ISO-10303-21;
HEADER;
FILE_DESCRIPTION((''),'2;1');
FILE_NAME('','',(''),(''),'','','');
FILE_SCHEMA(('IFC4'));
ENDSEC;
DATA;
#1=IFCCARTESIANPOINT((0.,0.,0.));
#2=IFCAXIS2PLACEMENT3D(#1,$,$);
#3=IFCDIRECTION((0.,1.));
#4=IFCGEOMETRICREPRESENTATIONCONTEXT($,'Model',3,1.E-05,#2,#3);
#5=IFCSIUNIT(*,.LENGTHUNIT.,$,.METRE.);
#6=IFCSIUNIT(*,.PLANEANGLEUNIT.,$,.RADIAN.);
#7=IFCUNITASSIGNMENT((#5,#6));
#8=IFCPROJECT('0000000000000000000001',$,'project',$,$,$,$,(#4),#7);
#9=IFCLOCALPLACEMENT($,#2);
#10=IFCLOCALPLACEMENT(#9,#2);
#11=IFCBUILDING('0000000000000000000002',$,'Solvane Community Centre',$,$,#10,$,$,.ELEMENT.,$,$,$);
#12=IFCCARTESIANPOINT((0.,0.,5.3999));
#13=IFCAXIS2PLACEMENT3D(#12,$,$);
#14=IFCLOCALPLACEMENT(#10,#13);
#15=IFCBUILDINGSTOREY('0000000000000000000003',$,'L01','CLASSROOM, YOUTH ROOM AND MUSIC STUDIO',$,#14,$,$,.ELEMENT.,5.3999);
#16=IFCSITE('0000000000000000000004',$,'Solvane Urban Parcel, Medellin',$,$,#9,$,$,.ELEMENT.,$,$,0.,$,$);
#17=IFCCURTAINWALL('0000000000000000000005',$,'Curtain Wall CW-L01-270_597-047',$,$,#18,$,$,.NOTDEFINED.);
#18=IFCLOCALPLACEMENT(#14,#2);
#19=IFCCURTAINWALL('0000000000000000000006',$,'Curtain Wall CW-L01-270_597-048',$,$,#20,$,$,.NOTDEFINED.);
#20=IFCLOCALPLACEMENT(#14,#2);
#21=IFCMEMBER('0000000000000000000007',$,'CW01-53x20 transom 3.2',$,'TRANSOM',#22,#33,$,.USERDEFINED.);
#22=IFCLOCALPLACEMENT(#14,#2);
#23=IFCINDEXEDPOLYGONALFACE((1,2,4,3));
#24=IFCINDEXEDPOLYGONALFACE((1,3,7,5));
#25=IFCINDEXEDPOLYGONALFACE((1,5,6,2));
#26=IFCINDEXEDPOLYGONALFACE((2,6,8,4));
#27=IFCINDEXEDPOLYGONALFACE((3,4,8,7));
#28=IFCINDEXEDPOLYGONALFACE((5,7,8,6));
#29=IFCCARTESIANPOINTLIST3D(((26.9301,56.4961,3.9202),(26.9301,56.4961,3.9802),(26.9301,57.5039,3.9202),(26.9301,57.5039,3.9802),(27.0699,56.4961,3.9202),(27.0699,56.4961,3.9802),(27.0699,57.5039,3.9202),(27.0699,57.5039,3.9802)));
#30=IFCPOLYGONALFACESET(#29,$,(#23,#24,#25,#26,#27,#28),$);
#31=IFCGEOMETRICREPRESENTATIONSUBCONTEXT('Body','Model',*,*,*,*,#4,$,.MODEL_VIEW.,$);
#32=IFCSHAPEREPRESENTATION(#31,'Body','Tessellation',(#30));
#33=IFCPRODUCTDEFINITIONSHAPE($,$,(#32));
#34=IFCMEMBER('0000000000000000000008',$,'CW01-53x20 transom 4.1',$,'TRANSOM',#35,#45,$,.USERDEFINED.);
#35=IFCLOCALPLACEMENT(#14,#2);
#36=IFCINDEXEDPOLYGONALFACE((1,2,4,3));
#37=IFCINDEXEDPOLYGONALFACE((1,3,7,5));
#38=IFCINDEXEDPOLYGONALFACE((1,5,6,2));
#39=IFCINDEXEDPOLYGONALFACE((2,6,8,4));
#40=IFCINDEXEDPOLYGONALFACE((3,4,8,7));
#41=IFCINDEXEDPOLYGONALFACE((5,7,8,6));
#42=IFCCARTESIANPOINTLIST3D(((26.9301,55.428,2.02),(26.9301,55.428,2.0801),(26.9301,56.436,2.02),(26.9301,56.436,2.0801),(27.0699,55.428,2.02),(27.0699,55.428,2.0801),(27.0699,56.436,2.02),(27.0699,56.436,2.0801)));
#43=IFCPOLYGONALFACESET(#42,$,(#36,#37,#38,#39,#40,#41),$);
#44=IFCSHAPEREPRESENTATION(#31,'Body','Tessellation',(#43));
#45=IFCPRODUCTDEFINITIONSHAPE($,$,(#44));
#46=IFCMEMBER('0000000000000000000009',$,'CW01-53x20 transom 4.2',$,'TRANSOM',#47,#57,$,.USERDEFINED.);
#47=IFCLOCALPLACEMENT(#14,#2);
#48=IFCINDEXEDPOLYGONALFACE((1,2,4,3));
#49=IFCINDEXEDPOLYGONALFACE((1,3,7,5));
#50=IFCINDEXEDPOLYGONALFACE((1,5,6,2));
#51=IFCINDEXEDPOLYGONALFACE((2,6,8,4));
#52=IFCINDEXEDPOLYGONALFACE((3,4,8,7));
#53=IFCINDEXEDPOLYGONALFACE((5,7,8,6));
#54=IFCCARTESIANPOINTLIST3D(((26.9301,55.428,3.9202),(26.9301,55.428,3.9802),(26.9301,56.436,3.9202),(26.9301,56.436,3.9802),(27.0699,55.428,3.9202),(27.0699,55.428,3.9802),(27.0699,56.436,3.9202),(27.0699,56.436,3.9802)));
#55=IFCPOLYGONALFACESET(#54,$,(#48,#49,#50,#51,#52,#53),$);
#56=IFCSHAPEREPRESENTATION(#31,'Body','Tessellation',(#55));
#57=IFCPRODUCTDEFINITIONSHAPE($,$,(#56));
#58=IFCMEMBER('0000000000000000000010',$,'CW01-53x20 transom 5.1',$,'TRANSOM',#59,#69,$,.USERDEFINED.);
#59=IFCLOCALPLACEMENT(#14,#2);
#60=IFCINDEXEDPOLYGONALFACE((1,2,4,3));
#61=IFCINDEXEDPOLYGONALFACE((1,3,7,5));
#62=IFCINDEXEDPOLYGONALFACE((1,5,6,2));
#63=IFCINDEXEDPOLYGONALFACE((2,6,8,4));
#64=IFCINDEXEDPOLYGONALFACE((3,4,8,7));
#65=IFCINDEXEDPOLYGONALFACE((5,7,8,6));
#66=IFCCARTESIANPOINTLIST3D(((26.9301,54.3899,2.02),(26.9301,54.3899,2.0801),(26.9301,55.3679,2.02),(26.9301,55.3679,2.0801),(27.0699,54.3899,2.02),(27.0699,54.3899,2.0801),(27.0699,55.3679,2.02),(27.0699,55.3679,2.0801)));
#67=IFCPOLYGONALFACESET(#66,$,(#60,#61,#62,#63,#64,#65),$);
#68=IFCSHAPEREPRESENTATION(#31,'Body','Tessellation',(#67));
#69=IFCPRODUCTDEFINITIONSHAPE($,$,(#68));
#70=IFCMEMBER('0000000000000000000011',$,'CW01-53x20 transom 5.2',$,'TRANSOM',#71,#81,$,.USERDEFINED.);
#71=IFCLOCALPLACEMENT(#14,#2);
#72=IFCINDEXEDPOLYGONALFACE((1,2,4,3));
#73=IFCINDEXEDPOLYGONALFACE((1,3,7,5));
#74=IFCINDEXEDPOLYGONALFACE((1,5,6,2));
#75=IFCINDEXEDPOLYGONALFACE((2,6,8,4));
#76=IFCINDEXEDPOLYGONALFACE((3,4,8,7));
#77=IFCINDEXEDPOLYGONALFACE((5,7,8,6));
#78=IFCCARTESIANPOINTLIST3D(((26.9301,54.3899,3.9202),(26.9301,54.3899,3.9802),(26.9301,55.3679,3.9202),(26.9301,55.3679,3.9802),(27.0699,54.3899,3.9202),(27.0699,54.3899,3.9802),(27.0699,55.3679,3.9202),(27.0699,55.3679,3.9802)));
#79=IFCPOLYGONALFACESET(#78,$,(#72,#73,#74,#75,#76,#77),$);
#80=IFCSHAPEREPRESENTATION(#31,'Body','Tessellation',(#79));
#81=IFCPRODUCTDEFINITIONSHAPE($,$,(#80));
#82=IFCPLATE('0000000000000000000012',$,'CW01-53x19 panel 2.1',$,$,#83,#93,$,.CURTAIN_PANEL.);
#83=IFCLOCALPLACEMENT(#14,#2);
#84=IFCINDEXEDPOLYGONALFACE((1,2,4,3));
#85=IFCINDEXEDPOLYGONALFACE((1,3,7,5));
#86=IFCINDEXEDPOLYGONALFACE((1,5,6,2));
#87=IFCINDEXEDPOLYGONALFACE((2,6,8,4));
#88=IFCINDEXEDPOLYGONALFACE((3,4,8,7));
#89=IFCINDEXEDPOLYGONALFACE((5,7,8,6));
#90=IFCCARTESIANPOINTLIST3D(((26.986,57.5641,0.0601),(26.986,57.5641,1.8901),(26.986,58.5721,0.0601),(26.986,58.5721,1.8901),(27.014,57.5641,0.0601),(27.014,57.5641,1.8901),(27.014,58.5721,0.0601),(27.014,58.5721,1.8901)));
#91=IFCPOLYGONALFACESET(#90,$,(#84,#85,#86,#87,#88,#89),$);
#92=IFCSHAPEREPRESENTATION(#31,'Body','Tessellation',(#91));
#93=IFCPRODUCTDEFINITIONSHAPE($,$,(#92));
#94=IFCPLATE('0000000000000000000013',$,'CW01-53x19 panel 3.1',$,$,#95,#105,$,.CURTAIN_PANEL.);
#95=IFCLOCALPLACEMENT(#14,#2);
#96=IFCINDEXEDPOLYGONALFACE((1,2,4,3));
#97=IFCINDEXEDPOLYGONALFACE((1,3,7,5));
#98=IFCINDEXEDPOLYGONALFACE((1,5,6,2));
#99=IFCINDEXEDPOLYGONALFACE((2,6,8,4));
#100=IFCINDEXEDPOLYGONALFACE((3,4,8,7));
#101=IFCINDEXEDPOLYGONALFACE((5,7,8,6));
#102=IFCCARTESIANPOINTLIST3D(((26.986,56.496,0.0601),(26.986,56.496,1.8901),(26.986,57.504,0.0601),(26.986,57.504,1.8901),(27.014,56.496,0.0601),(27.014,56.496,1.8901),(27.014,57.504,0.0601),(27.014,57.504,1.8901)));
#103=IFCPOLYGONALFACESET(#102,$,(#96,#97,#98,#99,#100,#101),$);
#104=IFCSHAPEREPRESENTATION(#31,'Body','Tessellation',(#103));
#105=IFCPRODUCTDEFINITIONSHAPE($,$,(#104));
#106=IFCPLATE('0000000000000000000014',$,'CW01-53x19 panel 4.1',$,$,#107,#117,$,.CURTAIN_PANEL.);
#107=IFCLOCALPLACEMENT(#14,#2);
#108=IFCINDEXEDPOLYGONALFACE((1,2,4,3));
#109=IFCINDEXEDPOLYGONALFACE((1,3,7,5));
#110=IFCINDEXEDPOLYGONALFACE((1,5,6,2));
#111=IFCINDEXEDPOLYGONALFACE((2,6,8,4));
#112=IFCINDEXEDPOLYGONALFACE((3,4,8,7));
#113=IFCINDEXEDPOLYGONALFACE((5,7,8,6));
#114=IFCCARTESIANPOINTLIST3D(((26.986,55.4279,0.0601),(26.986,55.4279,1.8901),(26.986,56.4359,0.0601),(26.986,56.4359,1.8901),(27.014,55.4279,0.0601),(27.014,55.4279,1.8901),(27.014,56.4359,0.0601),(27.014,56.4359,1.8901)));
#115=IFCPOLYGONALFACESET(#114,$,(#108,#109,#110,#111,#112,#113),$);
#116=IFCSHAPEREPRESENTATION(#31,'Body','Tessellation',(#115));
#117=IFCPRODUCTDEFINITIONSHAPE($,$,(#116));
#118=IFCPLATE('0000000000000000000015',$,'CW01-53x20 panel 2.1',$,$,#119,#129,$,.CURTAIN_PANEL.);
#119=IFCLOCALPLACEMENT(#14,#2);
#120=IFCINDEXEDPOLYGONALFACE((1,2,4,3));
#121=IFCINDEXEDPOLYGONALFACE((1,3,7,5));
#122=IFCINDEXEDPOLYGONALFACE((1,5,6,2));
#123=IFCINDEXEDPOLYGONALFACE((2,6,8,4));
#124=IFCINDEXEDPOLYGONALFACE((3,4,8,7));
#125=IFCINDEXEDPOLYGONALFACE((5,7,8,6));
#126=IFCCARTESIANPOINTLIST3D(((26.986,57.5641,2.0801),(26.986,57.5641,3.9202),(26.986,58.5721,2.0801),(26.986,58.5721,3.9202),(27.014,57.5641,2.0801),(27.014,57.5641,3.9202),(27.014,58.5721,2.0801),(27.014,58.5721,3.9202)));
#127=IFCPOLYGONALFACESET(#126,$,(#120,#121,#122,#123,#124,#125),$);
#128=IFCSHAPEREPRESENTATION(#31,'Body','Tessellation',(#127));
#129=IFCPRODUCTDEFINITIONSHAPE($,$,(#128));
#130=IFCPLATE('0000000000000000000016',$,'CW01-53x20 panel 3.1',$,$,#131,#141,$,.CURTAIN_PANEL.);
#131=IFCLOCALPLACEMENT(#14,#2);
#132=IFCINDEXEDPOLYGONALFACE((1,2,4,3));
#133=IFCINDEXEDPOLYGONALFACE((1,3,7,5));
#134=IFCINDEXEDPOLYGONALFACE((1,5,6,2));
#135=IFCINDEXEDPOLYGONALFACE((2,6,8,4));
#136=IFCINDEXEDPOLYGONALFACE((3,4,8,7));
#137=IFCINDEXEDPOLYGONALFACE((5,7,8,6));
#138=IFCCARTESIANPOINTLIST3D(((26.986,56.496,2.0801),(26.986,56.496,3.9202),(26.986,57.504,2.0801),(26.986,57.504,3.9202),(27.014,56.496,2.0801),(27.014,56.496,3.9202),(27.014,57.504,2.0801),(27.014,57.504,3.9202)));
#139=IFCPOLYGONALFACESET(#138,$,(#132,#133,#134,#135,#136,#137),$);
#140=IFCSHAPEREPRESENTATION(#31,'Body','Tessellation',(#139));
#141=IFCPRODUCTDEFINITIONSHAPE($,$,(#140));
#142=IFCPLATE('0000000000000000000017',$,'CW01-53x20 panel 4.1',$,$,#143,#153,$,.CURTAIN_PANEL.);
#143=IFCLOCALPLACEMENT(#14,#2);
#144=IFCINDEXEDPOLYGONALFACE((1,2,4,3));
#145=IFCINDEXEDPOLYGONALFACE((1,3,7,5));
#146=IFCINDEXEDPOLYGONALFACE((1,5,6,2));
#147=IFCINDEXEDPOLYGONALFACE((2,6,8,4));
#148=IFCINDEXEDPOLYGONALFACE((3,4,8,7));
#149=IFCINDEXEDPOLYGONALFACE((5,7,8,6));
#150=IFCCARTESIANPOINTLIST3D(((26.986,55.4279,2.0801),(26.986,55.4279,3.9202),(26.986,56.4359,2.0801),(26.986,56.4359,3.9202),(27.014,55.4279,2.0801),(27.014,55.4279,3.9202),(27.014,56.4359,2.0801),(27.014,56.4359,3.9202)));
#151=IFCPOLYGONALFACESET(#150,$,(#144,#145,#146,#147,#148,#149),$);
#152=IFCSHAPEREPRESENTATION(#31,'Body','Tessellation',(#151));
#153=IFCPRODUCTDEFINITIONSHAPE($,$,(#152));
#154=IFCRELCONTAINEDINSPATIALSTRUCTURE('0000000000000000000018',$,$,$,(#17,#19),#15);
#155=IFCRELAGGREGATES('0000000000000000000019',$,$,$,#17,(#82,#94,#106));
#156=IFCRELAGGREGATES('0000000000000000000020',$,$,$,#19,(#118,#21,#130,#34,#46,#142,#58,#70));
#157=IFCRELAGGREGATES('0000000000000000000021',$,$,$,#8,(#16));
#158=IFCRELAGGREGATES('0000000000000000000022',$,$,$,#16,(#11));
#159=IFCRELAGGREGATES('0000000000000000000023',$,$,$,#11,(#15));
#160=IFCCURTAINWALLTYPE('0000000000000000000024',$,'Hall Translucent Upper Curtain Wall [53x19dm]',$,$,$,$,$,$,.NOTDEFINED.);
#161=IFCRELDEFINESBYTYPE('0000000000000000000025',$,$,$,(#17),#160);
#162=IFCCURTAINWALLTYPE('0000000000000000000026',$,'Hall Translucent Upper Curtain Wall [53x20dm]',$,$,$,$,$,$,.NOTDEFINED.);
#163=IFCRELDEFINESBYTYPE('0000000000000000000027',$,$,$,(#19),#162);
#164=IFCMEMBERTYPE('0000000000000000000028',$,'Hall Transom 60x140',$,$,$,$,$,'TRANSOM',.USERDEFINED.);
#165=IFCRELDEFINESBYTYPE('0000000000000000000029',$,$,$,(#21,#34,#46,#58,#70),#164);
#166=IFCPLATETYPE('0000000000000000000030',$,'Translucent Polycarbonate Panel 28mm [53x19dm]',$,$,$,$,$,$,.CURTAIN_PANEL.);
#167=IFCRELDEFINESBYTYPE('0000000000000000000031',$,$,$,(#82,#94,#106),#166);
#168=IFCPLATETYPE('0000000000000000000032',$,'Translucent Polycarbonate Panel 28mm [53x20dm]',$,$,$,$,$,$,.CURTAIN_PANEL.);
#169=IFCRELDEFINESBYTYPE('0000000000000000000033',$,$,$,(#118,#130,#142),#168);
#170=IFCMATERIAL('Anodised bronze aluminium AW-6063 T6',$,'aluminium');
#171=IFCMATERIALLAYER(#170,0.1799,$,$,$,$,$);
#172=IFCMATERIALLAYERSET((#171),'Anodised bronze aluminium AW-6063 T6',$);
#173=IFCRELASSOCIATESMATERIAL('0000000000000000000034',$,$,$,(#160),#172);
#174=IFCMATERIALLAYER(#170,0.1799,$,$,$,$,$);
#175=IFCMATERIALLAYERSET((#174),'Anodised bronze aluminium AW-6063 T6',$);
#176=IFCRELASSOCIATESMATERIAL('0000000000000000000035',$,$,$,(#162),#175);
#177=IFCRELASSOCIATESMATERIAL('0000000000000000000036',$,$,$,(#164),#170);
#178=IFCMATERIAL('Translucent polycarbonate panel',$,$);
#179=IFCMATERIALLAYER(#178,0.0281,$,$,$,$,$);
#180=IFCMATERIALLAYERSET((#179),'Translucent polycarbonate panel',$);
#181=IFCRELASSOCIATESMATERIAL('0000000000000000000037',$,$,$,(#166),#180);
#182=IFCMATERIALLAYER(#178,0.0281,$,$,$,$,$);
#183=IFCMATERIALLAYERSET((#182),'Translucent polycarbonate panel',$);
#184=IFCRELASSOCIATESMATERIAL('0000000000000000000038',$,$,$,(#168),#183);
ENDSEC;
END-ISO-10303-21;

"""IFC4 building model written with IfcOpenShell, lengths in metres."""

from ifc_helpers import new_model, si_unit, direction, frame, origin, origin_2d, place, context, subcontext, project, spatial, rectangle, extrude, material, layer, layer_set, material_profile, profile_set, type_object, element, aggregate, save


model = new_model("IFC4")

# Units and contexts
model_context = context("Model", 3, precision=1e-05, world=origin(), true_north=direction((0.0, 1.0)))
body_context = subcontext(model_context, "Body", "Model", "MODEL_VIEW")
ifc_project = project(units=[si_unit("LENGTHUNIT", "METRE"), si_unit("PLANEANGLEUNIT", "RADIAN")], contexts=[model_context])

# Site, building, storey
site_placement = place(None, origin())
site = spatial("IfcSite", under=ifc_project, at=site_placement, Name="Solvane Urban Parcel, Medellin", CompositionType="ELEMENT", RefElevation=0.0)
building_placement = place(site_placement, origin())
building = spatial("IfcBuilding", under=site, at=building_placement, Name="Solvane Community Centre", CompositionType="ELEMENT")
storey_placement = place(building_placement, frame((0.0, 0.0, 5.3999)))
storey = spatial("IfcBuildingStorey", under=building, at=storey_placement, Name="L01", Description="CLASSROOM, YOUTH ROOM AND MUSIC STUDIO", CompositionType="ELEMENT", Elevation=5.3999)

# Curtain walls
ifc_material_1 = material(Name="Anodised bronze aluminium AW-6063 T6", Category="aluminium")
ifc_layer_1 = layer(ifc_material_1, 0.1799)
ifc_layer_set_1 = layer_set([ifc_layer_1], Name="Anodised bronze aluminium AW-6063 T6")
curtain_wall_type_1 = type_object("IfcCurtainWallType", Name="Hall Translucent Upper Curtain Wall [53x19dm]", PredefinedType="NOTDEFINED", material=ifc_layer_set_1)
curtain_wall_1_placement = place(storey_placement, origin())
curtain_wall_1 = element("IfcCurtainWall", 1, at=curtain_wall_1_placement, inside=storey, type_object=curtain_wall_type_1, Name="Curtain Wall CW-L01-270_597-047", PredefinedType="NOTDEFINED")
ifc_layer_2 = layer(ifc_material_1, 0.1799)
ifc_layer_set_2 = layer_set([ifc_layer_2], Name="Anodised bronze aluminium AW-6063 T6")
curtain_wall_type_2 = type_object("IfcCurtainWallType", Name="Hall Translucent Upper Curtain Wall [53x20dm]", PredefinedType="NOTDEFINED", material=ifc_layer_set_2)
curtain_wall_2_placement = place(storey_placement, origin())
curtain_wall_2 = element("IfcCurtainWall", 2, at=curtain_wall_2_placement, inside=storey, type_object=curtain_wall_type_2, Name="Curtain Wall CW-L01-270_597-048", PredefinedType="NOTDEFINED")

# Members
ifc_material_profile_1 = material_profile(ifc_material_1, rectangle(XDim=0.1399, YDim=0.0601, at=origin_2d()), Name="CW-T 60x140")
ifc_profile_set_1 = profile_set([ifc_material_profile_1], Name="Anodised bronze aluminium AW-6063 T6")
member_type_1 = type_object("IfcMemberType", Name="Hall Transom 60x140", ElementType="TRANSOM", PredefinedType="USERDEFINED", material=ifc_profile_set_1)
member_1_placement = place(storey_placement, frame((27.0, 57.5039, 3.9502), z_axis=(0.0, -1.0, 0.0), x_axis=(1.0, 0.0, 0.0)))
member_1 = element("IfcMember", 3, at=member_1_placement, type_object=member_type_1, Name="CW01-53x20 transom 3.2", ObjectType="TRANSOM", PredefinedType="USERDEFINED", context=body_context, shape_type="SweptSolid", body=[
    extrude(rectangle(XDim=0.1399, YDim=0.0601, at=origin_2d()), origin(), (0.0, 0.0, 1.0), 1.0078),
])
member_2_placement = place(storey_placement, frame((27.0, 56.436, 2.05), z_axis=(0.0, -1.0, 0.0), x_axis=(1.0, 0.0, 0.0)))
member_2 = element("IfcMember", 4, at=member_2_placement, type_object=member_type_1, Name="CW01-53x20 transom 4.1", ObjectType="TRANSOM", PredefinedType="USERDEFINED", context=body_context, shape_type="SweptSolid", body=[
    extrude(rectangle(XDim=0.1399, YDim=0.0601, at=origin_2d()), origin(), (0.0, 0.0, 1.0), 1.0081),
])
member_3_placement = place(storey_placement, frame((27.0, 56.436, 3.9502), z_axis=(0.0, -1.0, 0.0), x_axis=(1.0, 0.0, 0.0)))
member_3 = element("IfcMember", 5, at=member_3_placement, type_object=member_type_1, Name="CW01-53x20 transom 4.2", ObjectType="TRANSOM", PredefinedType="USERDEFINED", context=body_context, shape_type="SweptSolid", body=[
    extrude(rectangle(XDim=0.1399, YDim=0.0601, at=origin_2d()), origin(), (0.0, 0.0, 1.0), 1.0081),
])
member_4_placement = place(storey_placement, frame((27.0, 55.3679, 2.05), z_axis=(0.0, -1.0, 0.0), x_axis=(1.0, 0.0, 0.0)))
member_4 = element("IfcMember", 6, at=member_4_placement, type_object=member_type_1, Name="CW01-53x20 transom 5.1", ObjectType="TRANSOM", PredefinedType="USERDEFINED", context=body_context, shape_type="SweptSolid", body=[
    extrude(rectangle(XDim=0.1399, YDim=0.0601, at=origin_2d()), origin(), (0.0, 0.0, 1.0), 0.978),
])
member_5_placement = place(storey_placement, frame((27.0, 55.3679, 3.9502), z_axis=(0.0, -1.0, 0.0), x_axis=(1.0, 0.0, 0.0)))
member_5 = element("IfcMember", 7, at=member_5_placement, type_object=member_type_1, Name="CW01-53x20 transom 5.2", ObjectType="TRANSOM", PredefinedType="USERDEFINED", context=body_context, shape_type="SweptSolid", body=[
    extrude(rectangle(XDim=0.1399, YDim=0.0601, at=origin_2d()), origin(), (0.0, 0.0, 1.0), 0.978),
])

# Plates
ifc_material_2 = material(Name="Translucent polycarbonate panel")
ifc_layer_3 = layer(ifc_material_2, 0.0281)
ifc_layer_set_3 = layer_set([ifc_layer_3], Name="Translucent polycarbonate panel")
plate_type_1 = type_object("IfcPlateType", Name="Translucent Polycarbonate Panel 28mm [53x19dm]", PredefinedType="CURTAIN_PANEL", material=ifc_layer_set_3)
plate_1_placement = place(storey_placement, frame((27.0, 58.0681, 0.0601), z_axis=(0.0, 0.0, 1.0), x_axis=(0.0, -1.0, 0.0)))
plate_1 = element("IfcPlate", 8, at=plate_1_placement, type_object=plate_type_1, Name="CW01-53x19 panel 2.1", PredefinedType="CURTAIN_PANEL", context=body_context, shape_type="SweptSolid", body=[
    extrude(rectangle(XDim=1.0081, YDim=0.0281, at=origin_2d()), origin(), (0.0, 0.0, 1.0), 1.8301),
])
plate_2_placement = place(storey_placement, frame((27.0, 57.0, 0.0601), z_axis=(0.0, 0.0, 1.0), x_axis=(0.0, -1.0, 0.0)))
plate_2 = element("IfcPlate", 9, at=plate_2_placement, type_object=plate_type_1, Name="CW01-53x19 panel 3.1", PredefinedType="CURTAIN_PANEL", context=body_context, shape_type="SweptSolid", body=[
    extrude(rectangle(XDim=1.0081, YDim=0.0281, at=origin_2d()), origin(), (0.0, 0.0, 1.0), 1.8301),
])
plate_3_placement = place(storey_placement, frame((27.0, 55.9319, 0.0601), z_axis=(0.0, 0.0, 1.0), x_axis=(0.0, -1.0, 0.0)))
plate_3 = element("IfcPlate", 10, at=plate_3_placement, type_object=plate_type_1, Name="CW01-53x19 panel 4.1", PredefinedType="CURTAIN_PANEL", context=body_context, shape_type="SweptSolid", body=[
    extrude(rectangle(XDim=1.0081, YDim=0.0281, at=origin_2d()), origin(), (0.0, 0.0, 1.0), 1.8301),
])
aggregate(curtain_wall_1, [plate_1, plate_2, plate_3])
ifc_layer_4 = layer(ifc_material_2, 0.0281)
ifc_layer_set_4 = layer_set([ifc_layer_4], Name="Translucent polycarbonate panel")
plate_type_2 = type_object("IfcPlateType", Name="Translucent Polycarbonate Panel 28mm [53x20dm]", PredefinedType="CURTAIN_PANEL", material=ifc_layer_set_4)
plate_4_placement = place(storey_placement, frame((27.0, 58.0681, 2.0801), z_axis=(0.0, 0.0, 1.0), x_axis=(0.0, -1.0, 0.0)))
plate_4 = element("IfcPlate", 11, at=plate_4_placement, type_object=plate_type_2, Name="CW01-53x20 panel 2.1", PredefinedType="CURTAIN_PANEL", context=body_context, shape_type="SweptSolid", body=[
    extrude(rectangle(XDim=1.0081, YDim=0.0281, at=origin_2d()), origin(), (0.0, 0.0, 1.0), 1.8401),
])
plate_5_placement = place(storey_placement, frame((27.0, 57.0, 2.0801), z_axis=(0.0, 0.0, 1.0), x_axis=(0.0, -1.0, 0.0)))
plate_5 = element("IfcPlate", 12, at=plate_5_placement, type_object=plate_type_2, Name="CW01-53x20 panel 3.1", PredefinedType="CURTAIN_PANEL", context=body_context, shape_type="SweptSolid", body=[
    extrude(rectangle(XDim=1.0081, YDim=0.0281, at=origin_2d()), origin(), (0.0, 0.0, 1.0), 1.8401),
])
plate_6_placement = place(storey_placement, frame((27.0, 55.9319, 2.0801), z_axis=(0.0, 0.0, 1.0), x_axis=(0.0, -1.0, 0.0)))
plate_6 = element("IfcPlate", 13, at=plate_6_placement, type_object=plate_type_2, Name="CW01-53x20 panel 4.1", PredefinedType="CURTAIN_PANEL", context=body_context, shape_type="SweptSolid", body=[
    extrude(rectangle(XDim=1.0081, YDim=0.0281, at=origin_2d()), origin(), (0.0, 0.0, 1.0), 1.8401),
])
aggregate(curtain_wall_2, [plate_4, member_1, plate_5, member_2, member_3, plate_6, member_4, member_5])

save(model, "model.ifc")
